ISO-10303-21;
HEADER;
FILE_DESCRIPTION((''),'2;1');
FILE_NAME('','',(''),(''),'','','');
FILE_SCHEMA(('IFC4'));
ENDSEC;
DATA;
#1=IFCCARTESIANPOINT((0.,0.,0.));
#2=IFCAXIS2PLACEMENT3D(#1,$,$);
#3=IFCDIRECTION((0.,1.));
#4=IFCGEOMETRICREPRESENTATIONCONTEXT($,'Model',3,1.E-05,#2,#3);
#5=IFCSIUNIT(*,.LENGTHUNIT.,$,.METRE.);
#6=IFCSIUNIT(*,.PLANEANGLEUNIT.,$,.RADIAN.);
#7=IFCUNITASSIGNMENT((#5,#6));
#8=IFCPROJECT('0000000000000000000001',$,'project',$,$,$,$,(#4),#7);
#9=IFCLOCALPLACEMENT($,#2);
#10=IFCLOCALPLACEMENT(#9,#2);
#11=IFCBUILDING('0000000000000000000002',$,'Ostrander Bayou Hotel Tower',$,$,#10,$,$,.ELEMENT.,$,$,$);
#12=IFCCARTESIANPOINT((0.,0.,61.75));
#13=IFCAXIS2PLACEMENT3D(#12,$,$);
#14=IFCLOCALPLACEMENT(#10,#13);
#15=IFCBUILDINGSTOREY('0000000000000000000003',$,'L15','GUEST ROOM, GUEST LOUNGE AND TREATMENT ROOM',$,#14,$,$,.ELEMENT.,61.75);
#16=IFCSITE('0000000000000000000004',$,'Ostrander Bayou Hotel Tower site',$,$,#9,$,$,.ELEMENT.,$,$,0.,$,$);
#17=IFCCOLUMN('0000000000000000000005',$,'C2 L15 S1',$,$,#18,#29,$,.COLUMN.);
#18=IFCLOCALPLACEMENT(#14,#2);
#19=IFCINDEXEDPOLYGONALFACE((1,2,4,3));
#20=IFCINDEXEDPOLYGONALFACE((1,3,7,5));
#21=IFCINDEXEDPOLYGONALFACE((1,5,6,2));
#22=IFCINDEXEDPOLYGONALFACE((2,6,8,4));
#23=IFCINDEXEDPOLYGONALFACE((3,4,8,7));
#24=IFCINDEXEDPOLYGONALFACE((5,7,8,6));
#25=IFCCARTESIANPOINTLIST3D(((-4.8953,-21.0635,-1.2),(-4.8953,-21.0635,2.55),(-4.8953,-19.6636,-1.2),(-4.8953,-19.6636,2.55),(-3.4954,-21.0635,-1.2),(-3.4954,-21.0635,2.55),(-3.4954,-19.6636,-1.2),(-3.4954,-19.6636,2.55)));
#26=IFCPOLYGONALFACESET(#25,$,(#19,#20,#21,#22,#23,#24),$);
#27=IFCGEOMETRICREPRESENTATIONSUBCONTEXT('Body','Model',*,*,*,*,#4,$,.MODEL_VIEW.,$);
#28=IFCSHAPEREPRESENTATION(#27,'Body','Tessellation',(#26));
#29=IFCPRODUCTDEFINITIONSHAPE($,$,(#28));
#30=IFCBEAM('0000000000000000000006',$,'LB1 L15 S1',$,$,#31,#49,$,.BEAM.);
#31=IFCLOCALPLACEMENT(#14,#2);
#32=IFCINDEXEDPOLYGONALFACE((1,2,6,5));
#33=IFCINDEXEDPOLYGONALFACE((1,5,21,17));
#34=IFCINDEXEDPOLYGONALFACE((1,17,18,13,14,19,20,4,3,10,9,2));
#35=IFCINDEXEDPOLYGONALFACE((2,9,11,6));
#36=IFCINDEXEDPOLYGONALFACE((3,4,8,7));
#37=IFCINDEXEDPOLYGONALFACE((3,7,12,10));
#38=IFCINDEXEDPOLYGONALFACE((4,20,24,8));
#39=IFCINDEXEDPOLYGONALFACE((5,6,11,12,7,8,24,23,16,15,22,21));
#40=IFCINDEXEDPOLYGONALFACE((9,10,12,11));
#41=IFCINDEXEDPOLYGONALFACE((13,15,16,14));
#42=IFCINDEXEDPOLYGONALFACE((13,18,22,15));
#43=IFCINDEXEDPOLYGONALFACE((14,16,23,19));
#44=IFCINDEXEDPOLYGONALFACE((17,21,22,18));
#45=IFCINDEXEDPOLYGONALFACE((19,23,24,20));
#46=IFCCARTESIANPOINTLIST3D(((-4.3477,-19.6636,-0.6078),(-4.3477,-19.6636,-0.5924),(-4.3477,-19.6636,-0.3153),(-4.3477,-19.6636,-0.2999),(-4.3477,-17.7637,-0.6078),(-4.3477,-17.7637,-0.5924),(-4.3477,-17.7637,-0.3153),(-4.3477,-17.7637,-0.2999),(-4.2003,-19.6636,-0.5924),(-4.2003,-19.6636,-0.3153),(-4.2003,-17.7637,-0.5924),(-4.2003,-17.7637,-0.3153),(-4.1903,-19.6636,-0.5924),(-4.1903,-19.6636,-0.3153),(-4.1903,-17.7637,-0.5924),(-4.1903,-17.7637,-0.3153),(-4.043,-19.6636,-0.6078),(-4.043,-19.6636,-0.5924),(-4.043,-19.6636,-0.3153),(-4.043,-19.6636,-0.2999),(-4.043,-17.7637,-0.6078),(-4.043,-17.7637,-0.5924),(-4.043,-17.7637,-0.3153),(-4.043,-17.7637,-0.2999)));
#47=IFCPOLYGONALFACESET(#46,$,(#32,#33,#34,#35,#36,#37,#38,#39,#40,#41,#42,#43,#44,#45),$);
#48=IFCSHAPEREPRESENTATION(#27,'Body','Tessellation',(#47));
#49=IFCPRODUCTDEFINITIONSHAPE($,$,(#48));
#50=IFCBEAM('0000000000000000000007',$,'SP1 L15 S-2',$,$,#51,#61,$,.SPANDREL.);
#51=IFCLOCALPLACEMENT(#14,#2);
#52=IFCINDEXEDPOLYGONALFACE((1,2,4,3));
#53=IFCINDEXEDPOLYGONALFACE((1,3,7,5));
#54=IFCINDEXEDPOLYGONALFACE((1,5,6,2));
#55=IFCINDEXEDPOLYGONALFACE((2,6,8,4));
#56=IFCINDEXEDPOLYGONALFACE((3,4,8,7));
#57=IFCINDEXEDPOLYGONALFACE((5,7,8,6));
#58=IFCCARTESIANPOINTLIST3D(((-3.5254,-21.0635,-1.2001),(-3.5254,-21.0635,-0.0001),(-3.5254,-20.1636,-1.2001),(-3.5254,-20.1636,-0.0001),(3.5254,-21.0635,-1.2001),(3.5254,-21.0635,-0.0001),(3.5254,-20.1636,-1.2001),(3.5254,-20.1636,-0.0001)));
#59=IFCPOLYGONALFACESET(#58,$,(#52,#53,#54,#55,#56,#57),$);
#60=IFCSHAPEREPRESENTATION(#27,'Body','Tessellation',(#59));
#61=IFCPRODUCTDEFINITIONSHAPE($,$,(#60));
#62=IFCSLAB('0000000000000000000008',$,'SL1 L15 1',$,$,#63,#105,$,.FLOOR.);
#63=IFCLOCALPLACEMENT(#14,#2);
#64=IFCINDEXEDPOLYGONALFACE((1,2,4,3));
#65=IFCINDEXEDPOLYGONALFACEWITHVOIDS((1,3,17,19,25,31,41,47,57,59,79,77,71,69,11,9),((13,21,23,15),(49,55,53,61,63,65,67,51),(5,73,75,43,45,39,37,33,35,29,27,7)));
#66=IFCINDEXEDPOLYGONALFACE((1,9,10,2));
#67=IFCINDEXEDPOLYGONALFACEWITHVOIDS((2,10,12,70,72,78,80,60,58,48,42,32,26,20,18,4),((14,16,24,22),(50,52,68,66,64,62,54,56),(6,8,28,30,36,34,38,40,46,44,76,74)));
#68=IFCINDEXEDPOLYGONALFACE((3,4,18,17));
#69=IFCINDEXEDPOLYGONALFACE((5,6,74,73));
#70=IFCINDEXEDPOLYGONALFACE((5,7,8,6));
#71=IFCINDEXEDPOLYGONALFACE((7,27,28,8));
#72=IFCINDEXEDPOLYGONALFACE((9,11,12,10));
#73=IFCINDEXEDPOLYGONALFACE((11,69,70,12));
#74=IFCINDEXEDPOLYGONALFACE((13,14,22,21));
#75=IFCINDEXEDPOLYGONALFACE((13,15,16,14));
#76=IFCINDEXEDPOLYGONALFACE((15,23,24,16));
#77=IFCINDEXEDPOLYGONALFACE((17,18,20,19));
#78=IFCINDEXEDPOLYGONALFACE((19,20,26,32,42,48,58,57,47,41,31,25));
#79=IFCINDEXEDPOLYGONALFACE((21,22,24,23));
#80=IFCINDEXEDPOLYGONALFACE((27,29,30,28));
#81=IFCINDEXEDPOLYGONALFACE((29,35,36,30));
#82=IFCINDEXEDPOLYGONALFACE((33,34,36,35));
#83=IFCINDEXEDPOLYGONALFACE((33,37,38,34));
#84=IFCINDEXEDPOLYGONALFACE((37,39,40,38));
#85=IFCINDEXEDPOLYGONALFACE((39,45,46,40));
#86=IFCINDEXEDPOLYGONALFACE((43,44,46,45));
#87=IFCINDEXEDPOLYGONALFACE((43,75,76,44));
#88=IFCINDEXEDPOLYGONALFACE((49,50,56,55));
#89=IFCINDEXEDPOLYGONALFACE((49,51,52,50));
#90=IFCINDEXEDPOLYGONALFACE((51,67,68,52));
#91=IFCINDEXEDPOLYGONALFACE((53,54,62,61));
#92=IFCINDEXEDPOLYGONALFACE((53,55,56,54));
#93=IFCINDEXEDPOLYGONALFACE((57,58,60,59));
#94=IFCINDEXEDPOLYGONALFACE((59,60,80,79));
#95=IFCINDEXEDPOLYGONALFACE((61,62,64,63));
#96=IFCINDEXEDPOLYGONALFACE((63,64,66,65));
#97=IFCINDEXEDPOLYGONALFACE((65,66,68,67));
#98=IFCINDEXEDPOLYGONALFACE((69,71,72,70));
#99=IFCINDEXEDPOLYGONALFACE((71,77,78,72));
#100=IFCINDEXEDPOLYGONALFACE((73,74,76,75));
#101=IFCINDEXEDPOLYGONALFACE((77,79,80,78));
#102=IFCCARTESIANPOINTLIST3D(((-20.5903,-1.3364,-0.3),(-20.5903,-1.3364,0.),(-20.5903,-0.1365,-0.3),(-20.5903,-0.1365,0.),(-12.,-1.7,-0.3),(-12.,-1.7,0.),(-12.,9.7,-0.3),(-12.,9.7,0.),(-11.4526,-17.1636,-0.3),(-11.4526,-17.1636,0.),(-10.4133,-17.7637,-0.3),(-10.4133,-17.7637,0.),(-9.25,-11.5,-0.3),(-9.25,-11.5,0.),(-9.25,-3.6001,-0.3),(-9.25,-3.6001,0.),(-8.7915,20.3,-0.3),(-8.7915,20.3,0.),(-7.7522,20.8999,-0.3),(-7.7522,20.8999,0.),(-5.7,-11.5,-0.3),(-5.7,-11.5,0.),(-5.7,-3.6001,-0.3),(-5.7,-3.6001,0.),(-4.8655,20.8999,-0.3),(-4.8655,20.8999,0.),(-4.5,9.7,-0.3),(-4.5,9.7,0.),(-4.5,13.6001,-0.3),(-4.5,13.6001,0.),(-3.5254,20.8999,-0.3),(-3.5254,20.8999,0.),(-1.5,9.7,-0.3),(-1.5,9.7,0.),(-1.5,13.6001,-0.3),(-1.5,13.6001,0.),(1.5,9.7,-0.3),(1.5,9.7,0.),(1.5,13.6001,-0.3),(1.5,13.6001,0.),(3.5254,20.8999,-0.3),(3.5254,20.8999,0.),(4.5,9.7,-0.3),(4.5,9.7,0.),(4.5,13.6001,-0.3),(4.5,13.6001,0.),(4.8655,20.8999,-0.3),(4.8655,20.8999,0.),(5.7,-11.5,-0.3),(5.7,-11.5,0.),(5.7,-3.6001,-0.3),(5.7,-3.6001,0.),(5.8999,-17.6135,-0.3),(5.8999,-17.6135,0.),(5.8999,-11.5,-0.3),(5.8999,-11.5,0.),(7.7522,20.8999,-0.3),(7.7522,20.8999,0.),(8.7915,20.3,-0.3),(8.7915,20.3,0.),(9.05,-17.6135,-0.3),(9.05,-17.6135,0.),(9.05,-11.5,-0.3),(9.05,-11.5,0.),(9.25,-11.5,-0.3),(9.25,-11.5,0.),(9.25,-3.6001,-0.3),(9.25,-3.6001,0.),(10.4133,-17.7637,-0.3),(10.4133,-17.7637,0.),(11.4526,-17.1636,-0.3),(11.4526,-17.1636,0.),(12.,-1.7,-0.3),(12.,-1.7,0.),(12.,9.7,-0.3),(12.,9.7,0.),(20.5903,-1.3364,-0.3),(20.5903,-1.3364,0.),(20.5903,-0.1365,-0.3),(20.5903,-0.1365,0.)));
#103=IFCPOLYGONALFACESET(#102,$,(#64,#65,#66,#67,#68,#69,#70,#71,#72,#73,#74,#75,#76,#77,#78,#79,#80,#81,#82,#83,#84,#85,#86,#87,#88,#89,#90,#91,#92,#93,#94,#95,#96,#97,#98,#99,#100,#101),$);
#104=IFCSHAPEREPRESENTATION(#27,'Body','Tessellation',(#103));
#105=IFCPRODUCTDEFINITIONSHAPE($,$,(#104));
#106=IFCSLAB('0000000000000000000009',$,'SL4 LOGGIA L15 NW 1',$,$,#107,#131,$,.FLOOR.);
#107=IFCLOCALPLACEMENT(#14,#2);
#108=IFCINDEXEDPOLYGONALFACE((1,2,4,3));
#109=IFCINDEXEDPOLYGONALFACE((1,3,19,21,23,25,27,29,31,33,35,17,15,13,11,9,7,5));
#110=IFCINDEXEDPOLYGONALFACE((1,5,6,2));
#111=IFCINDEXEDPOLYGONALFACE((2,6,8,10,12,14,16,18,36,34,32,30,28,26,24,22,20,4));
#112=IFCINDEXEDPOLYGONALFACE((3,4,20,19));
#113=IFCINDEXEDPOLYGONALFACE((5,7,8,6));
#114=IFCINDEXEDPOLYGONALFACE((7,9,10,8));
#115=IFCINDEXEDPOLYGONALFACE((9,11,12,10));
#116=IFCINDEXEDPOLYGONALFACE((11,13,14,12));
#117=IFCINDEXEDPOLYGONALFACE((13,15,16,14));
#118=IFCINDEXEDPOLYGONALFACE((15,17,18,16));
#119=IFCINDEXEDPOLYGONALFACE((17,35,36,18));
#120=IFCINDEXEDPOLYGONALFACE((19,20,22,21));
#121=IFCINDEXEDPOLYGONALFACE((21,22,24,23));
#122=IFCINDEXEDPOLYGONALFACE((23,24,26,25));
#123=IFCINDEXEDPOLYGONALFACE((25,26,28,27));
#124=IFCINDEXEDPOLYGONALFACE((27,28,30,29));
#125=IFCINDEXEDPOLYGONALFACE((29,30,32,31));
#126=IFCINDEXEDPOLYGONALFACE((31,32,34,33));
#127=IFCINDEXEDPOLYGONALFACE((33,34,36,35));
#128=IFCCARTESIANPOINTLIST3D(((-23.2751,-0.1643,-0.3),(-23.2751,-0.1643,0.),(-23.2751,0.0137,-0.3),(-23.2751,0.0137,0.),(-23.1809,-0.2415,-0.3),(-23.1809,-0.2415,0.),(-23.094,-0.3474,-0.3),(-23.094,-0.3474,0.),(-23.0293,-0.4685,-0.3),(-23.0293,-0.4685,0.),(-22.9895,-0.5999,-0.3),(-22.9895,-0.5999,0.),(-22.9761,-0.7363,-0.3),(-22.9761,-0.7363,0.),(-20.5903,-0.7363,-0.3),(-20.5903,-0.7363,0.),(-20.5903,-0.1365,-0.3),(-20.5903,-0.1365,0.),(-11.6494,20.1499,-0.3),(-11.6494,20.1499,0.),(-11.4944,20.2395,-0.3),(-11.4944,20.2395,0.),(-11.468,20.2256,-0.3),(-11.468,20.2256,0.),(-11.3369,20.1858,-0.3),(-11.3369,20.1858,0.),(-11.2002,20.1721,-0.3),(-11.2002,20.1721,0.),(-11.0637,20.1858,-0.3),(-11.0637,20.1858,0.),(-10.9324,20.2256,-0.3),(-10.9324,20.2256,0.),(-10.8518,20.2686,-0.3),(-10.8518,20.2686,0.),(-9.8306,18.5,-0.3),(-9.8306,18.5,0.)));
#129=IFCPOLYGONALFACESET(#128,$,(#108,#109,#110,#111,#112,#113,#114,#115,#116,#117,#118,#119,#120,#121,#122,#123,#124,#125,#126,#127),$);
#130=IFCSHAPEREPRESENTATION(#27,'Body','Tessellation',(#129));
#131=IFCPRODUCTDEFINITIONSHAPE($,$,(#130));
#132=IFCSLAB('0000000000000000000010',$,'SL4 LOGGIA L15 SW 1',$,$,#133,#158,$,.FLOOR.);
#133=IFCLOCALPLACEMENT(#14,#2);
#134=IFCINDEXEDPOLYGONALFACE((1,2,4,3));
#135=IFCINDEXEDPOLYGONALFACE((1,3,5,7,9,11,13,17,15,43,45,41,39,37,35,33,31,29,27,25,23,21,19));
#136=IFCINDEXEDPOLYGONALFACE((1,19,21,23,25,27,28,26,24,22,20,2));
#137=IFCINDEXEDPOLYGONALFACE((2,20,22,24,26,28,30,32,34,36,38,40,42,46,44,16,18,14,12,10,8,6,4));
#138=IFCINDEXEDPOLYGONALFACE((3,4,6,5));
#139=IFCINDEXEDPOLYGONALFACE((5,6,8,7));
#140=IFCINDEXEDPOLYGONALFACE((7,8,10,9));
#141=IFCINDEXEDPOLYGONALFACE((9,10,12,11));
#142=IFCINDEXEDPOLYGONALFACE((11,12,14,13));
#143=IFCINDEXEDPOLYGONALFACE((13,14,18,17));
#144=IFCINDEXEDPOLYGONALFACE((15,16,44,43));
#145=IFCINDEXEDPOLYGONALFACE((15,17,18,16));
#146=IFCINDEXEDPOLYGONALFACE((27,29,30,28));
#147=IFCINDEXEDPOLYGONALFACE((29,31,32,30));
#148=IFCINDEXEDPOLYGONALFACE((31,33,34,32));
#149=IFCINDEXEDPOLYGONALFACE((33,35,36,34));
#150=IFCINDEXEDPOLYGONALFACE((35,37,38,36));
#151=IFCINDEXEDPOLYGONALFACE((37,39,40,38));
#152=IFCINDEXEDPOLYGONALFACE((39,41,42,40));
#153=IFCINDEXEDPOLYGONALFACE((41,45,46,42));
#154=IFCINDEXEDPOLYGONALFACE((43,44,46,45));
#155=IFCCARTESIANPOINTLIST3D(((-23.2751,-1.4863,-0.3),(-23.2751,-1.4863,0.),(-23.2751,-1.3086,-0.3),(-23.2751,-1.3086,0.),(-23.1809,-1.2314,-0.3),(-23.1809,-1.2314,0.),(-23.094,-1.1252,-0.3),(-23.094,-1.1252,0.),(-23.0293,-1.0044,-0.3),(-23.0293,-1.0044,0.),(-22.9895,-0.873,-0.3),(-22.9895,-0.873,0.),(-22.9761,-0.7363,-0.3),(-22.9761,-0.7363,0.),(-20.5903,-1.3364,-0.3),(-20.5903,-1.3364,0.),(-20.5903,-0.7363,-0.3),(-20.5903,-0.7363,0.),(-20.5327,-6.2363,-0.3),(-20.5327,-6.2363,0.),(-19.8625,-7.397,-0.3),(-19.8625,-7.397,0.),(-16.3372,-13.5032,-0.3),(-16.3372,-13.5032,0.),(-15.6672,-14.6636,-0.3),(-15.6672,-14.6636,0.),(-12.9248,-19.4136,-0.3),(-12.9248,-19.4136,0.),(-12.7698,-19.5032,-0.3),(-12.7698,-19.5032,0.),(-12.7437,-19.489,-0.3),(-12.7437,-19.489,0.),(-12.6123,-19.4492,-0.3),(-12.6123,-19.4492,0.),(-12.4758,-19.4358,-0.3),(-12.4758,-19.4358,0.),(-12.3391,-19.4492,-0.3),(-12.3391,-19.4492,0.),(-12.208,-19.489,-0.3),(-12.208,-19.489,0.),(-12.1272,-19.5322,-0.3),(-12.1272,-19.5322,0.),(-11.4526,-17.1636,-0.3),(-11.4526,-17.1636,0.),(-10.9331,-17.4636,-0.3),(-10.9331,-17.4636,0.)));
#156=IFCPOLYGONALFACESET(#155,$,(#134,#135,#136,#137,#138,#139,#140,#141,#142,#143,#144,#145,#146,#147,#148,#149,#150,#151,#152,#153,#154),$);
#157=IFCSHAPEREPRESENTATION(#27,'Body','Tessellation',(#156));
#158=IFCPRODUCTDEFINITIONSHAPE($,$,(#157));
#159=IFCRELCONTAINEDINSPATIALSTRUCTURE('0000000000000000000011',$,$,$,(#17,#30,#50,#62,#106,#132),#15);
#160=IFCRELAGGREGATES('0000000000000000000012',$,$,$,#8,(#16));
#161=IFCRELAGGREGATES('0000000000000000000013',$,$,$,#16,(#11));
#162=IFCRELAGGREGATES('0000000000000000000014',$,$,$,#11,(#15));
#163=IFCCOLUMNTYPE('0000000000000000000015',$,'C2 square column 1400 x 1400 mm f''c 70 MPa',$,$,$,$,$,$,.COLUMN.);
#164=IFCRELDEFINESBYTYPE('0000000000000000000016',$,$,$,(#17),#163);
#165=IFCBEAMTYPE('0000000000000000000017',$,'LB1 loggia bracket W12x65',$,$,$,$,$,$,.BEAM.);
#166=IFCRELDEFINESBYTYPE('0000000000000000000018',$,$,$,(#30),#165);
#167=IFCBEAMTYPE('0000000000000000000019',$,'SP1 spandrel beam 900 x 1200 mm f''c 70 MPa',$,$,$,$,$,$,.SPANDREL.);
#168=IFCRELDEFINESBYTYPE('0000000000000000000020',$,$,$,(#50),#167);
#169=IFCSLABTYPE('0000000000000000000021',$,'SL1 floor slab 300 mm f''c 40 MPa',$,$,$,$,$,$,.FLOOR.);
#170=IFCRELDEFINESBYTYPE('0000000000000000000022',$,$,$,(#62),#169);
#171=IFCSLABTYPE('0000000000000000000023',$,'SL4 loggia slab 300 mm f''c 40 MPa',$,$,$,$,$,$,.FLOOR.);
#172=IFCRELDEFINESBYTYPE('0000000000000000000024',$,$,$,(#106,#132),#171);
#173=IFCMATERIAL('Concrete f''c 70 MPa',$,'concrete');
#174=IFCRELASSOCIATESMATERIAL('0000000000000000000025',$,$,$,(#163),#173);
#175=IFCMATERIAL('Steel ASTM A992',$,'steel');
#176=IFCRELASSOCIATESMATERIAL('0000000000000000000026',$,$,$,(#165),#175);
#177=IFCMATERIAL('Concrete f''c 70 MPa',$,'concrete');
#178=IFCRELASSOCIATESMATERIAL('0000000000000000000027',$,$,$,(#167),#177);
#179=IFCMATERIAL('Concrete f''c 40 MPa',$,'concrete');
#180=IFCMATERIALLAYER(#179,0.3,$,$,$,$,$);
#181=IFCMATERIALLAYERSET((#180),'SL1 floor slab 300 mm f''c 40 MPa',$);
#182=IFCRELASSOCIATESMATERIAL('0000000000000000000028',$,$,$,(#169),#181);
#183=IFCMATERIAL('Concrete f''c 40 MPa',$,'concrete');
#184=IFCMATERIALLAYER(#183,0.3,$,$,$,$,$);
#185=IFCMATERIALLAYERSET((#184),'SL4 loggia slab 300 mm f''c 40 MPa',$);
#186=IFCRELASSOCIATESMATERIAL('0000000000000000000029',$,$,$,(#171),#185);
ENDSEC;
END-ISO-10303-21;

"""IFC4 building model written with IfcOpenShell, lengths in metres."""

from ifc_helpers import new_model, si_unit, direction, frame, origin, origin_2d, place, context, subcontext, project, spatial, polyline, rectangle, i_section, outline, extrude, material, layer, layer_set, material_profile, profile_set, type_object, element, save


model = new_model("IFC4")

# Units and contexts
model_context = context("Model", 3, precision=1e-05, world=origin(), true_north=direction((0.0, 1.0)))
body_context = subcontext(model_context, "Body", "Model", "MODEL_VIEW")
ifc_project = project(units=[si_unit("LENGTHUNIT", "METRE"), si_unit("PLANEANGLEUNIT", "RADIAN")], contexts=[model_context])

# Site, building, storey
site_placement = place(None, origin())
site = spatial("IfcSite", under=ifc_project, at=site_placement, Name="Ostrander Bayou Hotel Tower site", CompositionType="ELEMENT", RefElevation=0.0)
building_placement = place(site_placement, origin())
building = spatial("IfcBuilding", under=site, at=building_placement, Name="Ostrander Bayou Hotel Tower", CompositionType="ELEMENT")
storey_placement = place(building_placement, frame((0.0, 0.0, 61.75)))
storey = spatial("IfcBuildingStorey", under=building, at=storey_placement, Name="L15", Description="GUEST ROOM, GUEST LOUNGE AND TREATMENT ROOM", CompositionType="ELEMENT", Elevation=61.75)

# Column
ifc_material_1 = material(Name="Concrete f'c 70 MPa", Category="concrete")
ifc_material_profile_1 = material_profile(ifc_material_1, rectangle(XDim=1.3999, YDim=1.3999, at=origin_2d()))
ifc_profile_set_1 = profile_set([ifc_material_profile_1], Name="Concrete f'c 70 MPa")
column_type = type_object("IfcColumnType", Name="C2 square column 1400 x 1400 mm f'c 70 MPa", PredefinedType="COLUMN", material=ifc_profile_set_1)
column_placement = place(storey_placement, frame((-4.1953, -20.3635, -1.2), z_axis=(0.0, 0.0, 1.0), x_axis=(-1.0, 0.0, 0.0)))
element("IfcColumn", 1, at=column_placement, inside=storey, type_object=column_type, Name="C2 L15 S1", PredefinedType="COLUMN", context=body_context, shape_type="SweptSolid", body=[
    extrude(rectangle(XDim=1.3999, YDim=1.3999, at=origin_2d()), origin(), (0.0, 0.0, 1.0), 3.75),
])

# Beams
ifc_material_2 = material(Name="Steel ASTM A992", Category="steel")
ifc_material_profile_2 = material_profile(ifc_material_2, i_section(OverallWidth=0.3047, OverallDepth=0.3079, WebThickness=0.01, FlangeThickness=0.0154, at=origin_2d()))
ifc_profile_set_2 = profile_set([ifc_material_profile_2], Name="Steel ASTM A992")
beam_type_1 = type_object("IfcBeamType", Name="LB1 loggia bracket W12x65", PredefinedType="BEAM", material=ifc_profile_set_2)
beam_1_placement = place(storey_placement, frame((-4.1953, -19.6636, -0.4539), z_axis=(0.0, 1.0, 0.0), x_axis=(-1.0, 0.0, 0.0)))
element("IfcBeam", 2, at=beam_1_placement, inside=storey, type_object=beam_type_1, Name="LB1 L15 S1", PredefinedType="BEAM", context=body_context, shape_type="SweptSolid", body=[
    extrude(i_section(OverallWidth=0.3047, OverallDepth=0.3079, WebThickness=0.01, FlangeThickness=0.0154, at=origin_2d()), origin(), (0.0, 0.0, 1.0), 1.8999),
])
ifc_material_3 = material(Name="Concrete f'c 70 MPa", Category="concrete")
ifc_material_profile_3 = material_profile(ifc_material_3, rectangle(XDim=0.8999, YDim=1.2, at=origin_2d()))
ifc_profile_set_3 = profile_set([ifc_material_profile_3], Name="Concrete f'c 70 MPa")
beam_type_2 = type_object("IfcBeamType", Name="SP1 spandrel beam 900 x 1200 mm f'c 70 MPa", PredefinedType="SPANDREL", material=ifc_profile_set_3)
beam_2_placement = place(storey_placement, frame((-3.5254, -20.6135, -0.6001), z_axis=(1.0, 0.0, 0.0), x_axis=(0.0, 1.0, 0.0)))
element("IfcBeam", 3, at=beam_2_placement, inside=storey, type_object=beam_type_2, Name="SP1 L15 S-2", PredefinedType="SPANDREL", context=body_context, shape_type="SweptSolid", body=[
    extrude(rectangle(XDim=0.8999, YDim=1.2, at=origin_2d()), origin(), (0.0, 0.0, 1.0), 7.0508),
])

# Slabs
ifc_material_4 = material(Name="Concrete f'c 40 MPa", Category="concrete")
ifc_layer_1 = layer(ifc_material_4, 0.3)
ifc_layer_set_1 = layer_set([ifc_layer_1], Name="SL1 floor slab 300 mm f'c 40 MPa")
slab_type_1 = type_object("IfcSlabType", Name="SL1 floor slab 300 mm f'c 40 MPa", PredefinedType="FLOOR", material=ifc_layer_set_1)
slab_1_placement = place(storey_placement, frame((0.0, 0.0, -0.3)))
element("IfcSlab", 4, at=slab_1_placement, inside=storey, type_object=slab_type_1, Name="SL1 L15 1", PredefinedType="FLOOR", context=body_context, shape_type="SweptSolid", body=[
    extrude(outline(polyline([(-3.5254, 20.8999), (3.5254, 20.8999), (4.8655, 20.8999), (7.7522, 20.8999), (8.7915, 20.3), (20.5903, -0.1365), (20.5903, -1.3364), (11.4526, -17.1636), (10.4133, -17.7637), (-10.4133, -17.7637), (-11.4526, -17.1636), (-20.5903, -1.3364), (-20.5903, -0.1365), (-8.7915, 20.3), (-7.7522, 20.8999), (-4.8655, 20.8999), (-3.5254, 20.8999)]), holes=[polyline([(-12.0, -1.7), (12.0, -1.7), (12.0, 9.7), (4.5, 9.7), (4.5, 13.6001), (1.5, 13.6001), (1.5, 9.7), (-1.5, 9.7), (-1.5, 13.6001), (-4.5, 13.6001), (-4.5, 9.7), (-12.0, 9.7), (-12.0, -1.7)]), polyline([(9.05, -11.5), (9.25, -11.5), (9.25, -3.6001), (5.7, -3.6001), (5.7, -11.5), (5.8999, -11.5), (5.8999, -17.6135), (9.05, -17.6135), (9.05, -11.5)]), polyline([(-5.7, -3.6001), (-9.25, -3.6001), (-9.25, -11.5), (-5.7, -11.5), (-5.7, -3.6001)])]), origin(), (0.0, 0.0, 1.0), 0.3),
])
ifc_material_5 = material(Name="Concrete f'c 40 MPa", Category="concrete")
ifc_layer_2 = layer(ifc_material_5, 0.3)
ifc_layer_set_2 = layer_set([ifc_layer_2], Name="SL4 loggia slab 300 mm f'c 40 MPa")
slab_type_2 = type_object("IfcSlabType", Name="SL4 loggia slab 300 mm f'c 40 MPa", PredefinedType="FLOOR", material=ifc_layer_set_2)
slab_2_placement = place(storey_placement, frame((0.0, 0.0, -0.3)))
element("IfcSlab", 5, at=slab_2_placement, inside=storey, type_object=slab_type_2, Name="SL4 LOGGIA L15 NW 1", PredefinedType="FLOOR", context=body_context, shape_type="SweptSolid", body=[
    extrude(outline(polyline([(-22.9761, -0.7363), (-22.9895, -0.5999), (-23.0293, -0.4685), (-23.094, -0.3474), (-23.1809, -0.2415), (-23.2751, -0.1643), (-23.2751, 0.0137), (-11.6494, 20.1499), (-11.4944, 20.2395), (-11.468, 20.2256), (-11.3369, 20.1858), (-11.2002, 20.1721), (-11.0637, 20.1858), (-10.9324, 20.2256), (-10.8518, 20.2686), (-9.8306, 18.5), (-20.5903, -0.1365), (-20.5903, -0.7363), (-22.9761, -0.7363)])), origin(), (0.0, 0.0, 1.0), 0.3),
])
slab_3_placement = place(storey_placement, frame((0.0, 0.0, -0.3)))
element("IfcSlab", 6, at=slab_3_placement, inside=storey, type_object=slab_type_2, Name="SL4 LOGGIA L15 SW 1", PredefinedType="FLOOR", context=body_context, shape_type="SweptSolid", body=[
    extrude(outline(polyline([(-10.9331, -17.4636), (-12.1272, -19.5322), (-12.208, -19.489), (-12.3391, -19.4492), (-12.4758, -19.4358), (-12.6123, -19.4492), (-12.7437, -19.489), (-12.7698, -19.5032), (-12.9248, -19.4136), (-15.6672, -14.6636), (-16.3372, -13.5032), (-19.8625, -7.397), (-20.5327, -6.2363), (-23.2751, -1.4863), (-23.2751, -1.3086), (-23.1809, -1.2314), (-23.094, -1.1252), (-23.0293, -1.0044), (-22.9895, -0.873), (-22.9761, -0.7363), (-20.5903, -0.7363), (-20.5903, -1.3364), (-11.4526, -17.1636), (-10.9331, -17.4636)])), origin(), (0.0, 0.0, 1.0), 0.3),
])

save(model, "model.ifc")
